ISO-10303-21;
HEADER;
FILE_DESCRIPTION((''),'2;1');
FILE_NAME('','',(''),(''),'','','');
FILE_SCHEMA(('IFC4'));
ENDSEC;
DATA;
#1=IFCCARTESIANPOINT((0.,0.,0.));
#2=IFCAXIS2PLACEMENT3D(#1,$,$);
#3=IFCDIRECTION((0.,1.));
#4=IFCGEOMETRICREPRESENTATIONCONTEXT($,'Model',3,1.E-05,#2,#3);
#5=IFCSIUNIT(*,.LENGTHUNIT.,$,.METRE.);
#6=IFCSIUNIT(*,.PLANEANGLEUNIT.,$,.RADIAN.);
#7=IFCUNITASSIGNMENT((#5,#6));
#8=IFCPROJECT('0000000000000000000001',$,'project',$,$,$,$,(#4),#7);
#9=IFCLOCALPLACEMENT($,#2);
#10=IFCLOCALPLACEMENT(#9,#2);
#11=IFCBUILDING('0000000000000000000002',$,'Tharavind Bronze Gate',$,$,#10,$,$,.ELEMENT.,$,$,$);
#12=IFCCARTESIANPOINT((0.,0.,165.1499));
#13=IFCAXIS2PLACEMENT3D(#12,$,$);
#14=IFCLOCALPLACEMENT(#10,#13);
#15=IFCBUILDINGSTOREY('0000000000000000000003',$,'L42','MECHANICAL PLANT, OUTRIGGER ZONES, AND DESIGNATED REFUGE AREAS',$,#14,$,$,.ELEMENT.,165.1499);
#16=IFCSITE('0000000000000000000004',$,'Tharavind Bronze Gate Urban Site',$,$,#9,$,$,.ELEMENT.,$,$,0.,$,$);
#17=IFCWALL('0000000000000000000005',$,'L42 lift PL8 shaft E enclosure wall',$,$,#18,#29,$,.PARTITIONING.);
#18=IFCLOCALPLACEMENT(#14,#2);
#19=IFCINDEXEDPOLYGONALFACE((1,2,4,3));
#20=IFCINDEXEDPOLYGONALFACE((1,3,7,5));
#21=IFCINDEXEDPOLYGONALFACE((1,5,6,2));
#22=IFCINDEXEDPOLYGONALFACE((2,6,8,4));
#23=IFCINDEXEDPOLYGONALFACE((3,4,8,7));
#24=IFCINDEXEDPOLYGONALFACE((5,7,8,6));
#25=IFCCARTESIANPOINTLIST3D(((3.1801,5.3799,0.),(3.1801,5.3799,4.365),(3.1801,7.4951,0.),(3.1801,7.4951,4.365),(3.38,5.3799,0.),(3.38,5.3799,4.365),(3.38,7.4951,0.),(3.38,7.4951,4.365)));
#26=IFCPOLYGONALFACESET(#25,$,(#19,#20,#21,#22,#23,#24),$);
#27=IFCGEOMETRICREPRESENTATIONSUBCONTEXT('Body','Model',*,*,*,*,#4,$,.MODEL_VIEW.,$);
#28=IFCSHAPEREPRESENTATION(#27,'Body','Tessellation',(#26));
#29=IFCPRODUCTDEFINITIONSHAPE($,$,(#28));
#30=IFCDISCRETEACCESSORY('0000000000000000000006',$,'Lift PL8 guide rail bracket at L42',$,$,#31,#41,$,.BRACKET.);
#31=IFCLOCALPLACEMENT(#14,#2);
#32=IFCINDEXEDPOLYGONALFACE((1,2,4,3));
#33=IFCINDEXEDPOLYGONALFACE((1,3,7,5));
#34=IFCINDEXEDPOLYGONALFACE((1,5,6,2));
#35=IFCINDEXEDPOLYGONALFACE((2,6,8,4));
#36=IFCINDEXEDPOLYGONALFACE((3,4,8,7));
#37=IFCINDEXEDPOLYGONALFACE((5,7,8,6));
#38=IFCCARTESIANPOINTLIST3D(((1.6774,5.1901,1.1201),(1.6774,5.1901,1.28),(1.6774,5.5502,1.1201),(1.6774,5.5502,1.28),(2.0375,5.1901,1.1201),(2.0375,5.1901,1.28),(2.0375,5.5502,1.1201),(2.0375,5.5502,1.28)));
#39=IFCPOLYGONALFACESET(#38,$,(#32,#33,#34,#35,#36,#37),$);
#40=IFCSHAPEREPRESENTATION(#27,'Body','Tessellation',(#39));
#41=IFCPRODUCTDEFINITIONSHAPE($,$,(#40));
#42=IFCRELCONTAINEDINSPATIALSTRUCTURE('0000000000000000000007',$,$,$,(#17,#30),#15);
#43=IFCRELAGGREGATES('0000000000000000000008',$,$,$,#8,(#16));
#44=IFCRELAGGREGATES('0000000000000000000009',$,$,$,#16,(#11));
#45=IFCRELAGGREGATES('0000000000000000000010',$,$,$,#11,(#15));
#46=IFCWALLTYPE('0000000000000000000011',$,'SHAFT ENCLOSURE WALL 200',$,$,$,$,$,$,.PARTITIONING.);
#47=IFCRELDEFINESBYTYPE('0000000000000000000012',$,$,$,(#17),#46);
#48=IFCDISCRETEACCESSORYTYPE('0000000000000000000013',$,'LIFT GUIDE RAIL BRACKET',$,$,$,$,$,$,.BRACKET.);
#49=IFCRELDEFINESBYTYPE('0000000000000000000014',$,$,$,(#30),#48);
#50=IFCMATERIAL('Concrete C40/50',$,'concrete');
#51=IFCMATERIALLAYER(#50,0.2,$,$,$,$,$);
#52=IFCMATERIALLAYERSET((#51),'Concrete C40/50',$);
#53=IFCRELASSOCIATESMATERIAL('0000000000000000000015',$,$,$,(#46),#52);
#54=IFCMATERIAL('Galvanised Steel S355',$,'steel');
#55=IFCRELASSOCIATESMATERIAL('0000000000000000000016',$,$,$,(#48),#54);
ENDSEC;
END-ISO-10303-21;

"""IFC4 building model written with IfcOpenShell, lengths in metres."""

from ifc_helpers import new_model, si_unit, direction, frame, frame_2d, origin, origin_2d, place, context, subcontext, project, spatial, rectangle, extrude, material, layer, layer_set, type_object, element, save


model = new_model("IFC4")

# Units and contexts
model_context = context("Model", 3, precision=1e-05, world=origin(), true_north=direction((0.0, 1.0)))
body_context = subcontext(model_context, "Body", "Model", "MODEL_VIEW")
ifc_project = project(units=[si_unit("LENGTHUNIT", "METRE"), si_unit("PLANEANGLEUNIT", "RADIAN")], contexts=[model_context])

# Site, building, storey
site_placement = place(None, origin())
site = spatial("IfcSite", under=ifc_project, at=site_placement, Name="Tharavind Bronze Gate Urban Site", CompositionType="ELEMENT", RefElevation=0.0)
building_placement = place(site_placement, origin())
building = spatial("IfcBuilding", under=site, at=building_placement, Name="Tharavind Bronze Gate", CompositionType="ELEMENT")
storey_placement = place(building_placement, frame((0.0, 0.0, 165.1499)))
storey = spatial("IfcBuildingStorey", under=building, at=storey_placement, Name="L42", Description="MECHANICAL PLANT, OUTRIGGER ZONES, AND DESIGNATED REFUGE AREAS", CompositionType="ELEMENT", Elevation=165.1499)

# Wall
ifc_material_1 = material(Name="Concrete C40/50", Category="concrete")
ifc_layer_1 = layer(ifc_material_1, 0.2)
ifc_layer_set_1 = layer_set([ifc_layer_1], Name="Concrete C40/50")
wall_type = type_object("IfcWallType", Name="SHAFT ENCLOSURE WALL 200", PredefinedType="PARTITIONING", material=ifc_layer_set_1)
wall_1_placement = place(storey_placement, frame((3.28, 5.3799, 0.0), z_axis=(0.0, 0.0, 1.0), x_axis=(0.0, 1.0, 0.0)))
element("IfcWall", 1, at=wall_1_placement, inside=storey, type_object=wall_type, Name="L42 lift PL8 shaft E enclosure wall", PredefinedType="PARTITIONING", context=body_context, shape_type="SweptSolid", body=[
    extrude(rectangle(XDim=2.1152, YDim=0.2, at=frame_2d((1.0576, 0.0))), origin(), (0.0, 0.0, 1.0), 4.365),
])

# Discrete accessory
ifc_material_2 = material(Name="Galvanised Steel S355", Category="steel")
discrete_accessory_type = type_object("IfcDiscreteAccessoryType", Name="LIFT GUIDE RAIL BRACKET", PredefinedType="BRACKET", material=ifc_material_2)
discrete_accessory_placement = place(storey_placement, frame((1.8574, 5.3701, 1.1201), z_axis=(0.0, 0.0, 1.0), x_axis=(1.0, 0.0, 0.0)))
element("IfcDiscreteAccessory", 2, at=discrete_accessory_placement, inside=storey, type_object=discrete_accessory_type, Name="Lift PL8 guide rail bracket at L42", PredefinedType="BRACKET", context=body_context, shape_type="SweptSolid", body=[
    extrude(rectangle(XDim=0.3601, YDim=0.3601, at=origin_2d()), origin(), (0.0, 0.0, 1.0), 0.1599),
])

save(model, "model.ifc")
